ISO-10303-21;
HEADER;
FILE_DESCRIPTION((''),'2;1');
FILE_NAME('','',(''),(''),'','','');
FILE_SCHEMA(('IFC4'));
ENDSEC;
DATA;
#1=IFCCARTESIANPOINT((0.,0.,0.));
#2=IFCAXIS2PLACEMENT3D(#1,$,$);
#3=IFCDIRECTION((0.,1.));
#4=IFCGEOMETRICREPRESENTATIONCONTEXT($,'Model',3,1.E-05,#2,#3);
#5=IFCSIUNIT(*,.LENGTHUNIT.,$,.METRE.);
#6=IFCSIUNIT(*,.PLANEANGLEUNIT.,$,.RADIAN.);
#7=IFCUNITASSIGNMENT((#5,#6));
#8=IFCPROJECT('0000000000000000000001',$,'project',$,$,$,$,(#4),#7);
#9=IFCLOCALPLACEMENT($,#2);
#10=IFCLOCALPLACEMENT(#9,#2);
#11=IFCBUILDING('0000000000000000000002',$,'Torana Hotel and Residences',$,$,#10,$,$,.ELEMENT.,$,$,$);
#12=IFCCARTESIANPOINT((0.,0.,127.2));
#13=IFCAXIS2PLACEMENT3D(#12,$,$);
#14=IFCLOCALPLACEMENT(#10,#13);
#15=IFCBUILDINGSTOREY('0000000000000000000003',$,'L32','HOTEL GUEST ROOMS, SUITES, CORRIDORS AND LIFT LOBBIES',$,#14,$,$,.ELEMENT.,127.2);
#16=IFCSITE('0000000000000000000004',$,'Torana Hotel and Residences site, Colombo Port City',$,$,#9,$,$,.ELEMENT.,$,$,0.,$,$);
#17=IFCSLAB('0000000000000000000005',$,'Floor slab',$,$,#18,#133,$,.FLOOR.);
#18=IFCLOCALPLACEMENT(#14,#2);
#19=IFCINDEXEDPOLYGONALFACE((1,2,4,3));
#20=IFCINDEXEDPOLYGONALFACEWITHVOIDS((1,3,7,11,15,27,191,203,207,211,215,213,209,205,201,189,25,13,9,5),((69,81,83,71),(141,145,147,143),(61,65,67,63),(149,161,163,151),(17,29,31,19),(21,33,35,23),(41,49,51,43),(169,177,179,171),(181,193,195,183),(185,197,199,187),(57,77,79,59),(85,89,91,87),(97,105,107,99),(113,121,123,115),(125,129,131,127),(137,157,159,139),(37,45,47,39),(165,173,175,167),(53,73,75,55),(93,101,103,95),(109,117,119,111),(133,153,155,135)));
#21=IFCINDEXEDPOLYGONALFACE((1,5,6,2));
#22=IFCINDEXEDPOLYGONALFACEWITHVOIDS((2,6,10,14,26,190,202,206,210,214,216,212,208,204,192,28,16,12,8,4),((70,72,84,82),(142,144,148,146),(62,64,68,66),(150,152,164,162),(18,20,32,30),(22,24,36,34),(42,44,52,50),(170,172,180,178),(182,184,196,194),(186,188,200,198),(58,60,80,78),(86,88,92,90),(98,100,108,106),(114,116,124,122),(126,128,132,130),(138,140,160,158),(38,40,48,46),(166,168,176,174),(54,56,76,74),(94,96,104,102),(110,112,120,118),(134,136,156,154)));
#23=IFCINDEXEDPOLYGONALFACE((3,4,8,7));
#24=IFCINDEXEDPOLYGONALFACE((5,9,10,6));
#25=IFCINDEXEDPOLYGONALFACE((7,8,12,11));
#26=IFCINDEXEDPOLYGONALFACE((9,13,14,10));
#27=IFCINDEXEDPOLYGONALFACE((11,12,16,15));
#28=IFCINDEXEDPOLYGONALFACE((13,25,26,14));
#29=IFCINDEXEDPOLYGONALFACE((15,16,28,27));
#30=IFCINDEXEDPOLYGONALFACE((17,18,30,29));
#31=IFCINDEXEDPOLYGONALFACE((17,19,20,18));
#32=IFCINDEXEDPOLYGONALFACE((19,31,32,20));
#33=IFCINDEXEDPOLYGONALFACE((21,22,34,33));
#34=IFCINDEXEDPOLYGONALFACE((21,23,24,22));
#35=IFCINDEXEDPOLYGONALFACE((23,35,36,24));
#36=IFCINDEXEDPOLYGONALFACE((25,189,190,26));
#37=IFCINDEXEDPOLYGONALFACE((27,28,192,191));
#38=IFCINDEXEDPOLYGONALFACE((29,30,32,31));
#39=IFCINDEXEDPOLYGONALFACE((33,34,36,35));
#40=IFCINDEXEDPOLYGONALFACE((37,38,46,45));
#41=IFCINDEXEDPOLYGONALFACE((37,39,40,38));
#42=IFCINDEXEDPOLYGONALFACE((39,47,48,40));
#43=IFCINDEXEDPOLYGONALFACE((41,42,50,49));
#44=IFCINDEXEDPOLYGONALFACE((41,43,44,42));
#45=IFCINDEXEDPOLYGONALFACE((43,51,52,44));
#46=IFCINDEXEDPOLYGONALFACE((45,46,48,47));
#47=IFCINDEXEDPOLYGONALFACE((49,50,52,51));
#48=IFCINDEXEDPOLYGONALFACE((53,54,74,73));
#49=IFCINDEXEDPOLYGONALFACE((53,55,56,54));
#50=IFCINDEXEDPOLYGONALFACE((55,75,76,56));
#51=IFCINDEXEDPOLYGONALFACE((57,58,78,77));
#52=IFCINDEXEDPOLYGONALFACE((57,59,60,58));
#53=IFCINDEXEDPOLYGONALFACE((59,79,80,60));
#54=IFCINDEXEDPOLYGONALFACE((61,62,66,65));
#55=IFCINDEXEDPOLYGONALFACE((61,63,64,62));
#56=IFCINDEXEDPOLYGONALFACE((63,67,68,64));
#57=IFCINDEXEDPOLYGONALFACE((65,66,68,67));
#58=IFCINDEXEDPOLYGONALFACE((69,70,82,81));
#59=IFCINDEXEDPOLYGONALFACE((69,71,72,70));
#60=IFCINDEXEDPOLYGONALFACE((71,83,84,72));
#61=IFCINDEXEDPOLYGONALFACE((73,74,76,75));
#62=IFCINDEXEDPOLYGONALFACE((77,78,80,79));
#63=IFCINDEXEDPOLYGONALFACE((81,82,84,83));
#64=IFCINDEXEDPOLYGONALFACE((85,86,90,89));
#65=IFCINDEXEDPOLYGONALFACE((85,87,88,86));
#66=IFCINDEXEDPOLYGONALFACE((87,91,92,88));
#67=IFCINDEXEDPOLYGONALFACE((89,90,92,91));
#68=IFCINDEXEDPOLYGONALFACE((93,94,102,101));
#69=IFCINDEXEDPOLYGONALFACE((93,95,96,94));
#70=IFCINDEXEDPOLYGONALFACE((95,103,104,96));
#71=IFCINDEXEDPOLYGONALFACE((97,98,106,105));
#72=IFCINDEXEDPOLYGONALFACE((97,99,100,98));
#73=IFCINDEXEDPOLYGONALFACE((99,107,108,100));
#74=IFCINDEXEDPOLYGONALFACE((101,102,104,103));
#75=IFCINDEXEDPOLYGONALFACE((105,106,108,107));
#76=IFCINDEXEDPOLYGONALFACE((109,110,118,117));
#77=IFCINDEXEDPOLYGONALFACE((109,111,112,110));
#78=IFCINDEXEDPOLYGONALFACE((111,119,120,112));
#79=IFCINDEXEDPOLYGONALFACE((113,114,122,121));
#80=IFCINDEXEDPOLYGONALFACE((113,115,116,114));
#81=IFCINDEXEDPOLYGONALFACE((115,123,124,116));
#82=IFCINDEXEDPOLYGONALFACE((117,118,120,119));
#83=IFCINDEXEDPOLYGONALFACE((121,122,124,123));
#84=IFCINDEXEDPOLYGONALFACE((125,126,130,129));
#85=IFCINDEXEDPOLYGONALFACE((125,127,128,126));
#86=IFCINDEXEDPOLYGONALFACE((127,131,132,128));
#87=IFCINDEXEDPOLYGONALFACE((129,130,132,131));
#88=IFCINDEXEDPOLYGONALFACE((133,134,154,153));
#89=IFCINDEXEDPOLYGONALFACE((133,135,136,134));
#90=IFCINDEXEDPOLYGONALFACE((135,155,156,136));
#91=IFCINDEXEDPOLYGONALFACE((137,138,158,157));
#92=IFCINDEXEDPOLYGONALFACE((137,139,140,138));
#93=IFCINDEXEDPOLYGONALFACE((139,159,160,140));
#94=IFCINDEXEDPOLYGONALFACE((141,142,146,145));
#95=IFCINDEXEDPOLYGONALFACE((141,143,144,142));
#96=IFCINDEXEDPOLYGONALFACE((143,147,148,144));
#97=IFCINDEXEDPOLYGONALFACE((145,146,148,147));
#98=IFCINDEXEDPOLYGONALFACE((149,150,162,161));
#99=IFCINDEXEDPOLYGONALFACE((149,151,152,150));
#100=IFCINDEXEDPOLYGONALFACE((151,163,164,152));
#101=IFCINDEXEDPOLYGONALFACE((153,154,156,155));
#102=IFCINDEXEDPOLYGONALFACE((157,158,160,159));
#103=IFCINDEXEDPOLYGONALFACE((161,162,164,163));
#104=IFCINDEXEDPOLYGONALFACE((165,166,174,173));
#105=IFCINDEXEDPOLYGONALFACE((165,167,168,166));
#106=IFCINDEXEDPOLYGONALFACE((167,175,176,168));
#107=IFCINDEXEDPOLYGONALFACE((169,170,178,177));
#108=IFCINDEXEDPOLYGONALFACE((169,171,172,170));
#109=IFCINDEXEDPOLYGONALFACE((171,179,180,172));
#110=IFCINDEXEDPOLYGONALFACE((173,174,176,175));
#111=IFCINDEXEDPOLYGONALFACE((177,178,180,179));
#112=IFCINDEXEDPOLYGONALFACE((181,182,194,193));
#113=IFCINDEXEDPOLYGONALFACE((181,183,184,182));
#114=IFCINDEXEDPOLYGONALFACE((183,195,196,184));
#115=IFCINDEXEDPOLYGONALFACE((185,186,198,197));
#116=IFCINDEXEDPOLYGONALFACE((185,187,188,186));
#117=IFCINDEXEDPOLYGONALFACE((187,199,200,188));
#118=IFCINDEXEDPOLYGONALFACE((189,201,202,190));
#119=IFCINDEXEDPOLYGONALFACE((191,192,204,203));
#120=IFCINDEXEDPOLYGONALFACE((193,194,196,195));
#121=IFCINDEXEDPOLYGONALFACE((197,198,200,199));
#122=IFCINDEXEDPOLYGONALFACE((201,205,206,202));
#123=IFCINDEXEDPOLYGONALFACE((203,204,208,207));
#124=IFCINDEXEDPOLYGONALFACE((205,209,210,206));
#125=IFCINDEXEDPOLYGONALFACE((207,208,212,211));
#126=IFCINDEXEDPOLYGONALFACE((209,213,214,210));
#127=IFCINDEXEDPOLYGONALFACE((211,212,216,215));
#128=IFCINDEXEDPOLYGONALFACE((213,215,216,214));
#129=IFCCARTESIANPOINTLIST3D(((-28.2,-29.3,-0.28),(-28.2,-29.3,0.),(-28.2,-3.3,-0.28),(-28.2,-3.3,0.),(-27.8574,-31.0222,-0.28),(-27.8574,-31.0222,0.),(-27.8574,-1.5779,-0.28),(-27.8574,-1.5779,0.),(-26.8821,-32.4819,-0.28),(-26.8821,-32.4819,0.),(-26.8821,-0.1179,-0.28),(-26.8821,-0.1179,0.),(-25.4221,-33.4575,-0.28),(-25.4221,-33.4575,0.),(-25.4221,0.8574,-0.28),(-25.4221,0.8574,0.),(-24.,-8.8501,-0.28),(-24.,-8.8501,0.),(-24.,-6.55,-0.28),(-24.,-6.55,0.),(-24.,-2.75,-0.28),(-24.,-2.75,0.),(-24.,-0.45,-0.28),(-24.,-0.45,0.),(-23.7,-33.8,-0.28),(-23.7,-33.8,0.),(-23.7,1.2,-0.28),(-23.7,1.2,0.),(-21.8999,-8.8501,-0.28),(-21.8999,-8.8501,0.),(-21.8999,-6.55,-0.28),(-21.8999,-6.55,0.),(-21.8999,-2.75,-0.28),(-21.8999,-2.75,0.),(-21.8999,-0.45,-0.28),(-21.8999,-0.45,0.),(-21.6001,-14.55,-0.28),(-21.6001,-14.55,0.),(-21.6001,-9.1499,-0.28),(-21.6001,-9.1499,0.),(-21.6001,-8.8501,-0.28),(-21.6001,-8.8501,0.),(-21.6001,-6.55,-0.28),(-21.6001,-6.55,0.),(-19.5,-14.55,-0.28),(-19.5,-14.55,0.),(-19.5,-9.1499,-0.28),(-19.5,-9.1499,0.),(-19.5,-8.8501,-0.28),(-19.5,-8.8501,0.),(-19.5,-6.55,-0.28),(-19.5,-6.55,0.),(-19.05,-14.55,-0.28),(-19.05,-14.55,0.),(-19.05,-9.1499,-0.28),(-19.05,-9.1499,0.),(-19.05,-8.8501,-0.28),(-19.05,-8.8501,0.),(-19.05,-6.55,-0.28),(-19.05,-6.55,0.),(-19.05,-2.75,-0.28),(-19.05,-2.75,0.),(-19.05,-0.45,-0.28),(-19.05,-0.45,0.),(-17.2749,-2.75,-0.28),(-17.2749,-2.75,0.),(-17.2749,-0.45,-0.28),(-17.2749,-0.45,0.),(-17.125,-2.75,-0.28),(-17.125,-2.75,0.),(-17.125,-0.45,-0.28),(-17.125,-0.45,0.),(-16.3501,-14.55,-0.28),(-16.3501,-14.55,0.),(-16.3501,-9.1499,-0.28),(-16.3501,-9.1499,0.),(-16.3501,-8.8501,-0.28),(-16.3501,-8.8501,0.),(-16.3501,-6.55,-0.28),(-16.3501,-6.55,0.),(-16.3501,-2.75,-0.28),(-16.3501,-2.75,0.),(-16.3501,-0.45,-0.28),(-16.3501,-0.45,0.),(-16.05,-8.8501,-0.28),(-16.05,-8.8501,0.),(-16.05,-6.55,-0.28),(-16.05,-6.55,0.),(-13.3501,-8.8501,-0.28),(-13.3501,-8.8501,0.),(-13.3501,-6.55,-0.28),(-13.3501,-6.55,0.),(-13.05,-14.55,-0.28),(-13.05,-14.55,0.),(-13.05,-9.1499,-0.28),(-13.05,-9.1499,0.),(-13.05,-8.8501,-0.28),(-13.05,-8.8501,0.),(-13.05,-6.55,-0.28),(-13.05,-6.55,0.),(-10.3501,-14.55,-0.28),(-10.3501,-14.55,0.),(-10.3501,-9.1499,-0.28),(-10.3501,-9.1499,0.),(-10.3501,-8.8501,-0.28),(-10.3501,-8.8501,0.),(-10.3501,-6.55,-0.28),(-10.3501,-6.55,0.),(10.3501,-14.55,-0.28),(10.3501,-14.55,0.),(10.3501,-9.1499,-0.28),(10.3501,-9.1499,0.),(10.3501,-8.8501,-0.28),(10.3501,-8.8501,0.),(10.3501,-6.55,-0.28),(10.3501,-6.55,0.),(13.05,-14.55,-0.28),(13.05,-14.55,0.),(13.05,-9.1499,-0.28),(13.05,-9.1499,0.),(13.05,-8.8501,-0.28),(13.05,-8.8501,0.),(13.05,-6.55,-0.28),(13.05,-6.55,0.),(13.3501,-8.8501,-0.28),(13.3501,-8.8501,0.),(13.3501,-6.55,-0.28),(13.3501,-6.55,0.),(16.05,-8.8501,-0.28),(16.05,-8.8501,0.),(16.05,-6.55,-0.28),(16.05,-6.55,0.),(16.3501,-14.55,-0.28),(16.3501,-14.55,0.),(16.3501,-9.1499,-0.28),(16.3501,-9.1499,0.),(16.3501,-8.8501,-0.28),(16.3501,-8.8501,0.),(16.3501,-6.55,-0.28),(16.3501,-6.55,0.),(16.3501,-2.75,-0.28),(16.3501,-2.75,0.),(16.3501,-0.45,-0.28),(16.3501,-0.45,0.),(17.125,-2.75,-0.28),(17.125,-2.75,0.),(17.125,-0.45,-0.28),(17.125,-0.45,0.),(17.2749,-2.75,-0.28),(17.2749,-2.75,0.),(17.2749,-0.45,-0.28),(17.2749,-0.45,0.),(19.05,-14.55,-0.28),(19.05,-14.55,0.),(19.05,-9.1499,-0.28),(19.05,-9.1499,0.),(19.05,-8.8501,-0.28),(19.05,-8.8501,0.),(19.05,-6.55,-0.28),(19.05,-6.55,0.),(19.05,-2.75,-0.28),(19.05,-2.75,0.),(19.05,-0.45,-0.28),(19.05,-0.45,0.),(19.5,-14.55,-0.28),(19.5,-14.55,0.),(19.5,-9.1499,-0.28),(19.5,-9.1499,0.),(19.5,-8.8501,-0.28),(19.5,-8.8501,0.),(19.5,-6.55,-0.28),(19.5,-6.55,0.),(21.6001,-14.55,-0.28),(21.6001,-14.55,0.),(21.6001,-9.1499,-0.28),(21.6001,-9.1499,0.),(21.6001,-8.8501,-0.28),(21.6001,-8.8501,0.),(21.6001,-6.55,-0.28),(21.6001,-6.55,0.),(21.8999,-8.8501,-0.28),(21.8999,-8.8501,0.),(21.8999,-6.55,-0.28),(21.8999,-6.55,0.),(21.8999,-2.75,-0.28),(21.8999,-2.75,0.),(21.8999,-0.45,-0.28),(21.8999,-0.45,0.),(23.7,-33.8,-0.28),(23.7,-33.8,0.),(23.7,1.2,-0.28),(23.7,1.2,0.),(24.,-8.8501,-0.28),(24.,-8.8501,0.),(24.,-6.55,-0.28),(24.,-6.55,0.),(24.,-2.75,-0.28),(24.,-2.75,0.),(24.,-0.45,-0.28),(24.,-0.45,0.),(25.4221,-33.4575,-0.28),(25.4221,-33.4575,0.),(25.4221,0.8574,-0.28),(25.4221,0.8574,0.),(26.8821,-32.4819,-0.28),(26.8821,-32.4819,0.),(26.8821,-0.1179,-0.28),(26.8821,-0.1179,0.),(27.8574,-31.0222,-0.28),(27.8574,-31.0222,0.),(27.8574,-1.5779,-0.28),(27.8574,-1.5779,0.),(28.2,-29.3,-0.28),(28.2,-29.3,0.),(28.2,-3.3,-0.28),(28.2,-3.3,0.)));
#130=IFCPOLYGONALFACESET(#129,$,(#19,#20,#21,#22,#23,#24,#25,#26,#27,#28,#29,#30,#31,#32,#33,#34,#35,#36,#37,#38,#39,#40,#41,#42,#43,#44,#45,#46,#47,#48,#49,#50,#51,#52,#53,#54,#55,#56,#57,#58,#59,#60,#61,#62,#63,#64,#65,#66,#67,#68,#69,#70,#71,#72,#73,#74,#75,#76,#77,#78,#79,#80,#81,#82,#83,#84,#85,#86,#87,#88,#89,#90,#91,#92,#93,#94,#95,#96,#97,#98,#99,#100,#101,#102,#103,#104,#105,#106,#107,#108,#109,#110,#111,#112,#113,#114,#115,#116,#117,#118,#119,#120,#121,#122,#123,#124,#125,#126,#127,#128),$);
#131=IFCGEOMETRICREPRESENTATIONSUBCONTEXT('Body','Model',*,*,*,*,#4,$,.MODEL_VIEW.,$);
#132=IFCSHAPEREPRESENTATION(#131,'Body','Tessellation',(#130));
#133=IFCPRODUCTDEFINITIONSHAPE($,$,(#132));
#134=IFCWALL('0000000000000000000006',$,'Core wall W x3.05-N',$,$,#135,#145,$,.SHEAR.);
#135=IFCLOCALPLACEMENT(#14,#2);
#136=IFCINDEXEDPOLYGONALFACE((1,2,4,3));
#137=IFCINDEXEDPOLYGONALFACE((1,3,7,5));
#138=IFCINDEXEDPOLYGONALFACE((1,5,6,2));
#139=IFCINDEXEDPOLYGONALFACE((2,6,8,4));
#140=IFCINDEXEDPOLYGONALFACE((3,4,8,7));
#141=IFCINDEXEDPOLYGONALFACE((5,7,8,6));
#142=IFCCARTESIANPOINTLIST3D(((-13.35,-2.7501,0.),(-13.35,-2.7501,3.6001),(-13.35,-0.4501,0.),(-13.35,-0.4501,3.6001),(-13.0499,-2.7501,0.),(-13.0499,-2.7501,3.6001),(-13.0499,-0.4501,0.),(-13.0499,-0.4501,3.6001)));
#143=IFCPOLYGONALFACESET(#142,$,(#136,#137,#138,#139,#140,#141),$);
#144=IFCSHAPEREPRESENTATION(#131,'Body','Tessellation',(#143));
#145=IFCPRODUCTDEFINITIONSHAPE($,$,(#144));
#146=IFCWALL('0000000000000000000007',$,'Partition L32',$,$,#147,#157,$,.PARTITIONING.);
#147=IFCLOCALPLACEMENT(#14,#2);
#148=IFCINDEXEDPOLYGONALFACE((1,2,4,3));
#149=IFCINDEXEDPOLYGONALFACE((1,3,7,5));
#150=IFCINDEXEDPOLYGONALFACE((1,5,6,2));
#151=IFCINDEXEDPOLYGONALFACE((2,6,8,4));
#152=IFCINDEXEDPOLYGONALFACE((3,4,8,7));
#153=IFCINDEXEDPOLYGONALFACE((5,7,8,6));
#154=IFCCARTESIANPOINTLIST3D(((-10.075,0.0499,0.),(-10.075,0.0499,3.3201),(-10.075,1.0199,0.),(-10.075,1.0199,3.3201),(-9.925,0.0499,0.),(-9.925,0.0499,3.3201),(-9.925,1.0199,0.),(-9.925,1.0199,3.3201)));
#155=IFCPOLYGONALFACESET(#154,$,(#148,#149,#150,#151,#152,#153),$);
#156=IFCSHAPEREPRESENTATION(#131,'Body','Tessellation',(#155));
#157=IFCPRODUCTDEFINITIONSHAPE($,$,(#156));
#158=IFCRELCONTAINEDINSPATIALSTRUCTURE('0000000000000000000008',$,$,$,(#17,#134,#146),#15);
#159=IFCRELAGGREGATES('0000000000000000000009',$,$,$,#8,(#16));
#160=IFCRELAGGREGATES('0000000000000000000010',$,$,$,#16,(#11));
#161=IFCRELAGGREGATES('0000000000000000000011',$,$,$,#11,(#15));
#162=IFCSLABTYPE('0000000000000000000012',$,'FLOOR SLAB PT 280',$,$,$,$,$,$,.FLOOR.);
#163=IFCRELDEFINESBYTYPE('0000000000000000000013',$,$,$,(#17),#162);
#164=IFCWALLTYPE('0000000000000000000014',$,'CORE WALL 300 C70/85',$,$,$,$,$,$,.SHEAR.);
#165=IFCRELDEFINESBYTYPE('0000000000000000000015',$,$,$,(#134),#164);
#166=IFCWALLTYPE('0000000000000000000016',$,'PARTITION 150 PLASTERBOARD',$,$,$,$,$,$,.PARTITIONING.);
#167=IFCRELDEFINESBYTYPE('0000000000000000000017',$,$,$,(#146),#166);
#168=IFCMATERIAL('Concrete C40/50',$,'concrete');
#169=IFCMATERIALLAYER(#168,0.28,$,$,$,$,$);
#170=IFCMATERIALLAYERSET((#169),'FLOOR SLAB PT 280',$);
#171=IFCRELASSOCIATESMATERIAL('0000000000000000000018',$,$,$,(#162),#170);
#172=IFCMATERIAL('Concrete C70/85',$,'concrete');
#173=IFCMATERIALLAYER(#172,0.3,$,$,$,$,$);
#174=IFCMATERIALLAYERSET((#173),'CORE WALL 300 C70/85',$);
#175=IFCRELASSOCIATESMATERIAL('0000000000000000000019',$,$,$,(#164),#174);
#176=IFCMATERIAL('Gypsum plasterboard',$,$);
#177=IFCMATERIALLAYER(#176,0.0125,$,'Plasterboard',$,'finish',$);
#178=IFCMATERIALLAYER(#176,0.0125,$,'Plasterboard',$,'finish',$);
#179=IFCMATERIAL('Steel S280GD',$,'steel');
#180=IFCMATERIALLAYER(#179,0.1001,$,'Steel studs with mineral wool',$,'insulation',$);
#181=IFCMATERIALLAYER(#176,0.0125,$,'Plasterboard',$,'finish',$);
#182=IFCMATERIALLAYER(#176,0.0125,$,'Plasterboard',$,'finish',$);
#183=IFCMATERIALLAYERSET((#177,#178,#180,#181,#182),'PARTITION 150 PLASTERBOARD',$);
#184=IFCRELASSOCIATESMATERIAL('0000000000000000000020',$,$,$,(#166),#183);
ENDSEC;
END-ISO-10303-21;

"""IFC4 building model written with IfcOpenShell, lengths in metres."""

from ifc_helpers import new_model, si_unit, direction, frame, frame_2d, origin, place, context, subcontext, project, spatial, polyline, rectangle, outline, extrude, material, layer, layer_set, type_object, element, save


model = new_model("IFC4")

# Units and contexts
model_context = context("Model", 3, precision=1e-05, world=origin(), true_north=direction((0.0, 1.0)))
body_context = subcontext(model_context, "Body", "Model", "MODEL_VIEW")
ifc_project = project(units=[si_unit("LENGTHUNIT", "METRE"), si_unit("PLANEANGLEUNIT", "RADIAN")], contexts=[model_context])

# Site, building, storey
site_placement = place(None, origin())
site = spatial("IfcSite", under=ifc_project, at=site_placement, Name="Torana Hotel and Residences site, Colombo Port City", CompositionType="ELEMENT", RefElevation=0.0)
building_placement = place(site_placement, origin())
building = spatial("IfcBuilding", under=site, at=building_placement, Name="Torana Hotel and Residences", CompositionType="ELEMENT")
storey_placement = place(building_placement, frame((0.0, 0.0, 127.2)))
storey = spatial("IfcBuildingStorey", under=building, at=storey_placement, Name="L32", Description="HOTEL GUEST ROOMS, SUITES, CORRIDORS AND LIFT LOBBIES", CompositionType="ELEMENT", Elevation=127.2)

# Slab
ifc_material_1 = material(Name="Concrete C40/50", Category="concrete")
ifc_layer_1 = layer(ifc_material_1, 0.28)
ifc_layer_set_1 = layer_set([ifc_layer_1], Name="FLOOR SLAB PT 280")
slab_type_1 = type_object("IfcSlabType", Name="FLOOR SLAB PT 280", PredefinedType="FLOOR", material=ifc_layer_set_1)
slab_1_placement = place(storey_placement, frame((0.0, 0.0, -0.28)))
element("IfcSlab", 1, at=slab_1_placement, inside=storey, type_object=slab_type_1, Name="Floor slab", PredefinedType="FLOOR", context=body_context, shape_type="SweptSolid", body=[
    extrude(outline(polyline([(28.2, -3.3), (27.8574, -1.5779), (26.8821, -0.1179), (25.4221, 0.8574), (23.7, 1.2), (-23.7, 1.2), (-25.4221, 0.8574), (-26.8821, -0.1179), (-27.8574, -1.5779), (-28.2, -3.3), (-28.2, -29.3), (-27.8574, -31.0222), (-26.8821, -32.4819), (-25.4221, -33.4575), (-23.7, -33.8), (23.7, -33.8), (25.4221, -33.4575), (26.8821, -32.4819), (27.8574, -31.0222), (28.2, -29.3), (28.2, -3.3)]), holes=[polyline([(-13.05, -14.55), (-10.3501, -14.55), (-10.3501, -9.1499), (-13.05, -9.1499), (-13.05, -14.55)]), polyline([(-19.05, -14.55), (-16.3501, -14.55), (-16.3501, -9.1499), (-19.05, -9.1499), (-19.05, -14.55)]), polyline([(-17.125, -2.75), (-16.3501, -2.75), (-16.3501, -0.45), (-17.125, -0.45), (-17.125, -2.75)]), polyline([(-19.05, -2.75), (-17.2749, -2.75), (-17.2749, -0.45), (-19.05, -0.45), (-19.05, -2.75)]), polyline([(-21.6001, -8.8501), (-19.5, -8.8501), (-19.5, -6.55), (-21.6001, -6.55), (-21.6001, -8.8501)]), polyline([(-24.0, -2.75), (-21.8999, -2.75), (-21.8999, -0.45), (-24.0, -0.45), (-24.0, -2.75)]), polyline([(-24.0, -8.8501), (-21.8999, -8.8501), (-21.8999, -6.55), (-24.0, -6.55), (-24.0, -8.8501)]), polyline([(-13.05, -8.8501), (-10.3501, -8.8501), (-10.3501, -6.55), (-13.05, -6.55), (-13.05, -8.8501)]), polyline([(-16.05, -8.8501), (-13.3501, -8.8501), (-13.3501, -6.55), (-16.05, -6.55), (-16.05, -8.8501)]), polyline([(-19.05, -8.8501), (-16.3501, -8.8501), (-16.3501, -6.55), (-19.05, -6.55), (-19.05, -8.8501)]), polyline([(-21.6001, -14.55), (-19.5, -14.55), (-19.5, -9.1499), (-21.6001, -9.1499), (-21.6001, -14.55)]), polyline([(10.3501, -14.55), (13.05, -14.55), (13.05, -9.1499), (10.3501, -9.1499), (10.3501, -14.55)]), polyline([(16.3501, -14.55), (19.05, -14.55), (19.05, -9.1499), (16.3501, -9.1499), (16.3501, -14.55)]), polyline([(16.3501, -2.75), (17.125, -2.75), (17.125, -0.45), (16.3501, -0.45), (16.3501, -2.75)]), polyline([(17.2749, -2.75), (19.05, -2.75), (19.05, -0.45), (17.2749, -0.45), (17.2749, -2.75)]), polyline([(19.5, -8.8501), (21.6001, -8.8501), (21.6001, -6.55), (19.5, -6.55), (19.5, -8.8501)]), polyline([(21.8999, -2.75), (24.0, -2.75), (24.0, -0.45), (21.8999, -0.45), (21.8999, -2.75)]), polyline([(21.8999, -8.8501), (24.0, -8.8501), (24.0, -6.55), (21.8999, -6.55), (21.8999, -8.8501)]), polyline([(10.3501, -8.8501), (13.05, -8.8501), (13.05, -6.55), (10.3501, -6.55), (10.3501, -8.8501)]), polyline([(13.3501, -8.8501), (16.05, -8.8501), (16.05, -6.55), (13.3501, -6.55), (13.3501, -8.8501)]), polyline([(16.3501, -8.8501), (19.05, -8.8501), (19.05, -6.55), (16.3501, -6.55), (16.3501, -8.8501)]), polyline([(19.5, -14.55), (21.6001, -14.55), (21.6001, -9.1499), (19.5, -9.1499), (19.5, -14.55)])]), origin(), (0.0, 0.0, 1.0), 0.28),
])

# Walls
ifc_material_2 = material(Name="Concrete C70/85", Category="concrete")
ifc_layer_2 = layer(ifc_material_2, 0.3)
ifc_layer_set_2 = layer_set([ifc_layer_2], Name="CORE WALL 300 C70/85")
wall_type_1 = type_object("IfcWallType", Name="CORE WALL 300 C70/85", PredefinedType="SHEAR", material=ifc_layer_set_2)
wall_1_placement = place(storey_placement, frame((-13.2, -2.75, 0.0), z_axis=(0.0, 0.0, 1.0), x_axis=(0.0, 1.0, 0.0)))
element("IfcWall", 2, at=wall_1_placement, inside=storey, type_object=wall_type_1, Name="Core wall W x3.05-N", PredefinedType="SHEAR", context=body_context, shape_type="SweptSolid", body=[
    extrude(rectangle(XDim=2.3, YDim=0.3, at=frame_2d((1.1499, 0.0))), origin(), (0.0, 0.0, 1.0), 3.6001),
])
ifc_material_3 = material(Name="Gypsum plasterboard")
ifc_layer_3 = layer(ifc_material_3, 0.0125, Name="Plasterboard", Category="finish")
ifc_layer_4 = layer(ifc_material_3, 0.0125, Name="Plasterboard", Category="finish")
ifc_material_4 = material(Name="Steel S280GD", Category="steel")
ifc_layer_5 = layer(ifc_material_4, 0.1001, Name="Steel studs with mineral wool", Category="insulation")
ifc_layer_6 = layer(ifc_material_3, 0.0125, Name="Plasterboard", Category="finish")
ifc_layer_7 = layer(ifc_material_3, 0.0125, Name="Plasterboard", Category="finish")
ifc_layer_set_3 = layer_set([ifc_layer_3, ifc_layer_4, ifc_layer_5, ifc_layer_6, ifc_layer_7], Name="PARTITION 150 PLASTERBOARD")
wall_type_2 = type_object("IfcWallType", Name="PARTITION 150 PLASTERBOARD", PredefinedType="PARTITIONING", material=ifc_layer_set_3)
wall_2_placement = place(storey_placement, frame((-10.0, 0.05, 0.0), z_axis=(0.0, 0.0, 1.0), x_axis=(0.0, 1.0, 0.0)))
element("IfcWall", 3, at=wall_2_placement, inside=storey, type_object=wall_type_2, Name="Partition L32", PredefinedType="PARTITIONING", context=body_context, shape_type="SweptSolid", body=[
    extrude(rectangle(XDim=0.97, YDim=0.1499, at=frame_2d((0.4849, 0.0))), origin(), (0.0, 0.0, 1.0), 3.3201),
])

save(model, "model.ifc")
